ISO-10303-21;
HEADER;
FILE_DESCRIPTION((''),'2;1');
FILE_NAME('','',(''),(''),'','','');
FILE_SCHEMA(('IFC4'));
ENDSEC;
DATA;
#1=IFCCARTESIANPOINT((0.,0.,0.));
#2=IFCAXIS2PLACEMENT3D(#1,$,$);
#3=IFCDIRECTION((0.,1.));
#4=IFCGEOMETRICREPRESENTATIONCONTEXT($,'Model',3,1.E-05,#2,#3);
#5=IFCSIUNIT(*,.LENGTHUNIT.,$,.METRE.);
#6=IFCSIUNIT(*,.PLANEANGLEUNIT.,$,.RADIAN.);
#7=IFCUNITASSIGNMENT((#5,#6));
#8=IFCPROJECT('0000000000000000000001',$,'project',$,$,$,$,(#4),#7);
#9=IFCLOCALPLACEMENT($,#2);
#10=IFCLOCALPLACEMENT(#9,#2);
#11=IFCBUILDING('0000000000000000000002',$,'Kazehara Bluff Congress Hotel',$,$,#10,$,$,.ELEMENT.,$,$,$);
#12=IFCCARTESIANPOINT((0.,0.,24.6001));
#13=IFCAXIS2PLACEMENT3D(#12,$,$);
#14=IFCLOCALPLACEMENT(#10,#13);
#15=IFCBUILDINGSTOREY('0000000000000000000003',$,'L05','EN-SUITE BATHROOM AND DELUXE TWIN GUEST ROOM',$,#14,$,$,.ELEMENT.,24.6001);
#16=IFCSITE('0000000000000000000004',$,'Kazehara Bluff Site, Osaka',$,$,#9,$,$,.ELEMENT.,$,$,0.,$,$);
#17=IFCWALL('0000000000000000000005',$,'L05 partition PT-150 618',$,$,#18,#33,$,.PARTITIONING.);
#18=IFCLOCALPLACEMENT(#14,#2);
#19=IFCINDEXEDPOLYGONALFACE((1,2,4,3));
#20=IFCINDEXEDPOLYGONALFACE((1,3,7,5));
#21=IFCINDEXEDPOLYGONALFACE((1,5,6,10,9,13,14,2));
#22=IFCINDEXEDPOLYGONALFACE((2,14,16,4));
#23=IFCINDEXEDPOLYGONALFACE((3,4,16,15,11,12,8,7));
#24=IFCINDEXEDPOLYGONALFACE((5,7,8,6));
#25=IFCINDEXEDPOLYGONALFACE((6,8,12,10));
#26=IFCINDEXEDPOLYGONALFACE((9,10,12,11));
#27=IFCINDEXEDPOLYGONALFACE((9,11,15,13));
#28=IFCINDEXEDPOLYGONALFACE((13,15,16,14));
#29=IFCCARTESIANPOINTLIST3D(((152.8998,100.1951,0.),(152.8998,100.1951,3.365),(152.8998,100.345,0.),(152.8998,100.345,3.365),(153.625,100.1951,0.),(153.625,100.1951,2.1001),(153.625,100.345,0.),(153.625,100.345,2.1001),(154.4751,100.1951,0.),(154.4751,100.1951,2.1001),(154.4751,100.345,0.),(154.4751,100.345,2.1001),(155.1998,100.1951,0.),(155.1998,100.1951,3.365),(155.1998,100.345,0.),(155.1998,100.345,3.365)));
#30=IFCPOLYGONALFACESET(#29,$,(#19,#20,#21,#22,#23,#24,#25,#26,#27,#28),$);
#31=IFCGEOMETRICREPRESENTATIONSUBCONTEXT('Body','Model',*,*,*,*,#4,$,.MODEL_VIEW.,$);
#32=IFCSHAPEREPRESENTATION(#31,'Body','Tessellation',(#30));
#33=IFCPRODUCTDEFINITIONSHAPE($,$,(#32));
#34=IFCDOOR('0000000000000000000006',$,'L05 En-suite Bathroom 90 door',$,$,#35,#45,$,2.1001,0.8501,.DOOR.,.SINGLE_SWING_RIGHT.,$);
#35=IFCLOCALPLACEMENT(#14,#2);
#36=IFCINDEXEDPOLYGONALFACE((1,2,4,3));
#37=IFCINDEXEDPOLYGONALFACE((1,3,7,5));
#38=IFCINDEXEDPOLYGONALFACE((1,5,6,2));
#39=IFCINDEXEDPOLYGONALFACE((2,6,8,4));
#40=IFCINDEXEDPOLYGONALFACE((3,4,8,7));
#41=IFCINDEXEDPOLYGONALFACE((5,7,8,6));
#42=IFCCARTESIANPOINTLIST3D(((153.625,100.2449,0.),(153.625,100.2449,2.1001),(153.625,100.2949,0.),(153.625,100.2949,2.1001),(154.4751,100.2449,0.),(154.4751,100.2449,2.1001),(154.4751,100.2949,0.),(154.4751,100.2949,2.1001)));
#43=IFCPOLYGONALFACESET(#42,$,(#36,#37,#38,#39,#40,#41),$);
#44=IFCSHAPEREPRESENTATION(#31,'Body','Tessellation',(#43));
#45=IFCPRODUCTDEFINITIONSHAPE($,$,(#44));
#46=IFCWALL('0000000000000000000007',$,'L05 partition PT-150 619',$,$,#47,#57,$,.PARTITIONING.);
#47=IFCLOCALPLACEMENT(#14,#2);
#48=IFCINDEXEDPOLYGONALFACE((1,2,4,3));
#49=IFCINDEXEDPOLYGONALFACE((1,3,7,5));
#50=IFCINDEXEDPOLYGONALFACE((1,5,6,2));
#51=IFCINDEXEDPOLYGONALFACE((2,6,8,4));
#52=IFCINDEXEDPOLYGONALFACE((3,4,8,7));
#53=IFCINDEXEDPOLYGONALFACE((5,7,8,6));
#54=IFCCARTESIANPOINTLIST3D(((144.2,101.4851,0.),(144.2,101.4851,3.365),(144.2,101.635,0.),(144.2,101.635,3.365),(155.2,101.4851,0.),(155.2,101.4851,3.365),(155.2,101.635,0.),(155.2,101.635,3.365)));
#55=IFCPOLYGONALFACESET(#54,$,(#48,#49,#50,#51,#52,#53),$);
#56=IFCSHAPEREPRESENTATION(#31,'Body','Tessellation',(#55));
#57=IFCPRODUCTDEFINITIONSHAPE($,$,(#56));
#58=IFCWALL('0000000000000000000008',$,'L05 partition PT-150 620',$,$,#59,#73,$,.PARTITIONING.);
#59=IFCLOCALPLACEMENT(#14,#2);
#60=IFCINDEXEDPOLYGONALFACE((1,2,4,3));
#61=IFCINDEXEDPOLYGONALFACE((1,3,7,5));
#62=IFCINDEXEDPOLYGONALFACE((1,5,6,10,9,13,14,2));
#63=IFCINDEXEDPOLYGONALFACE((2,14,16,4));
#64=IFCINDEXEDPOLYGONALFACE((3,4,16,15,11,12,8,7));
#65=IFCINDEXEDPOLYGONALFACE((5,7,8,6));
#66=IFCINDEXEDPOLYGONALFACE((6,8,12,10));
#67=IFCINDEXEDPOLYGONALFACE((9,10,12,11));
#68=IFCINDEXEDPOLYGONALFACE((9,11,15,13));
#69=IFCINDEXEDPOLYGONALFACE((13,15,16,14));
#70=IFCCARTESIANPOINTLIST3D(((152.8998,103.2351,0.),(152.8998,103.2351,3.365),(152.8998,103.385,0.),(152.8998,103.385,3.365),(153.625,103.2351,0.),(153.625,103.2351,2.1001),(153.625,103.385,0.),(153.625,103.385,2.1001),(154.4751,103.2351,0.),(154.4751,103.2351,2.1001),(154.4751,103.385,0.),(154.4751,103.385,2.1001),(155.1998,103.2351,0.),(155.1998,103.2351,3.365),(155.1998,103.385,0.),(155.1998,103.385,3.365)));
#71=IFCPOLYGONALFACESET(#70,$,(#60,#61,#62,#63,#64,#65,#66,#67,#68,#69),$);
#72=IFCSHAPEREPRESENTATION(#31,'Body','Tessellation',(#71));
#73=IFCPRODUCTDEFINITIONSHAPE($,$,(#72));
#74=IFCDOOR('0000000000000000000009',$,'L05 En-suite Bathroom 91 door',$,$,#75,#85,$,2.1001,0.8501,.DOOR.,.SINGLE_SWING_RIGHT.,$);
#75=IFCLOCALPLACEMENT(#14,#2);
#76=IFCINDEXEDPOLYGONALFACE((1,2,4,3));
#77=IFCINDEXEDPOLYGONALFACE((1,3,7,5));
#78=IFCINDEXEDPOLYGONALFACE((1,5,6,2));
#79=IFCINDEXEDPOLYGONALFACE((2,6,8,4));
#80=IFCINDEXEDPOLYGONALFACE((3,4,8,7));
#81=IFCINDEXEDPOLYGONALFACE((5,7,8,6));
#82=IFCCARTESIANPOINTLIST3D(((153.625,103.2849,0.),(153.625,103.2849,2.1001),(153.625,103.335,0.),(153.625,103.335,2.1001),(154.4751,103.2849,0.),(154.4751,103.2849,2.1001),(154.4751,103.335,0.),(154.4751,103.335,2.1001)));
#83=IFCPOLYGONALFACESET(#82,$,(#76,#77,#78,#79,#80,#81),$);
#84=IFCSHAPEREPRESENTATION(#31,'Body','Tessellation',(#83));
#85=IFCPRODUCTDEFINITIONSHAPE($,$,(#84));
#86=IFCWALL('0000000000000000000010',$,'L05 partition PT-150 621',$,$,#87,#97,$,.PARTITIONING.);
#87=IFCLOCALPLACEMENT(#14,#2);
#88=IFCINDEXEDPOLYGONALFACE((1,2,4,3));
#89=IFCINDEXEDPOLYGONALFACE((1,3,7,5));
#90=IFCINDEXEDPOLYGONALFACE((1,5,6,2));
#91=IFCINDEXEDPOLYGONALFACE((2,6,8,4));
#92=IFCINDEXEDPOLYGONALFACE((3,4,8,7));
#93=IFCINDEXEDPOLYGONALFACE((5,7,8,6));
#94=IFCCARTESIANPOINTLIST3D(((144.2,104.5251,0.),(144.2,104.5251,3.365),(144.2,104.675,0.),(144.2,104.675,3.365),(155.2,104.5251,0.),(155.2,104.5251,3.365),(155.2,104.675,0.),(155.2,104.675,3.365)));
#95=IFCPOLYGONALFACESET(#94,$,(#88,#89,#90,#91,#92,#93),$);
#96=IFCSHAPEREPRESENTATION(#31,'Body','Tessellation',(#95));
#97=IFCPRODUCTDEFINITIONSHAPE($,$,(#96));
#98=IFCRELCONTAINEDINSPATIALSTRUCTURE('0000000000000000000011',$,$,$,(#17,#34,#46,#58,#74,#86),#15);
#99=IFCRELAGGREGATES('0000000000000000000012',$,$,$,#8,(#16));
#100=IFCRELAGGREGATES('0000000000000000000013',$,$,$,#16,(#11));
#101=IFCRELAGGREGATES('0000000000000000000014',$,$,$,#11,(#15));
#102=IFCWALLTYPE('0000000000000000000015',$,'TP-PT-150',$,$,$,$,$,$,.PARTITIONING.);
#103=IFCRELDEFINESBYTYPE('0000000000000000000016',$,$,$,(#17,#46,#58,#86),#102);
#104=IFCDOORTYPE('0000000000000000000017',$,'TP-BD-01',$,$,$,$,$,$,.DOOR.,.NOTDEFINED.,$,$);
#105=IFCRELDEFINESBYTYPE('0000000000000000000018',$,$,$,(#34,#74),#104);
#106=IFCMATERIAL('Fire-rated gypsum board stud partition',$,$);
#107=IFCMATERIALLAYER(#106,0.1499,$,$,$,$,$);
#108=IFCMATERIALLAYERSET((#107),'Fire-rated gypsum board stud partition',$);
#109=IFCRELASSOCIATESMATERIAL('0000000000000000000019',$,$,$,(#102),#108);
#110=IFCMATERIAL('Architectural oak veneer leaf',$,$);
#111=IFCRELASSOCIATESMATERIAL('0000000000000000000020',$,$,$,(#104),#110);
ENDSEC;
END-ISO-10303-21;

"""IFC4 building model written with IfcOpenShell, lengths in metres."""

from ifc_helpers import new_model, si_unit, direction, frame, frame_2d, origin, place, context, subcontext, project, spatial, rectangle, extrude, material, layer, layer_set, type_object, element, fill, save


model = new_model("IFC4")

# Units and contexts
model_context = context("Model", 3, precision=1e-05, world=origin(), true_north=direction((0.0, 1.0)))
body_context = subcontext(model_context, "Body", "Model", "MODEL_VIEW")
ifc_project = project(units=[si_unit("LENGTHUNIT", "METRE"), si_unit("PLANEANGLEUNIT", "RADIAN")], contexts=[model_context])

# Site, building, storey
site_placement = place(None, origin())
site = spatial("IfcSite", under=ifc_project, at=site_placement, Name="Kazehara Bluff Site, Osaka", CompositionType="ELEMENT", RefElevation=0.0)
building_placement = place(site_placement, origin())
building = spatial("IfcBuilding", under=site, at=building_placement, Name="Kazehara Bluff Congress Hotel", CompositionType="ELEMENT")
storey_placement = place(building_placement, frame((0.0, 0.0, 24.6001)))
storey = spatial("IfcBuildingStorey", under=building, at=storey_placement, Name="L05", Description="EN-SUITE BATHROOM AND DELUXE TWIN GUEST ROOM", CompositionType="ELEMENT", Elevation=24.6001)

# Shared definitions
ifc_material_1 = material(Name="Fire-rated gypsum board stud partition")
ifc_layer_1 = layer(ifc_material_1, 0.1499)
ifc_layer_set_1 = layer_set([ifc_layer_1], Name="Fire-rated gypsum board stud partition")
wall_type = type_object("IfcWallType", Name="TP-PT-150", PredefinedType="PARTITIONING", material=ifc_layer_set_1)

# Shared definitions
ifc_material_2 = material(Name="Architectural oak veneer leaf")
door_type = type_object("IfcDoorType", Name="TP-BD-01", OperationType="NOTDEFINED", PredefinedType="DOOR", material=ifc_material_2)

# Wall, opening, door
wall_1_placement = place(storey_placement, frame((152.8999, 100.27, 0.0), z_axis=(0.0, 0.0, 1.0), x_axis=(1.0, 0.0, 0.0)))
wall_1 = element("IfcWall", 1, at=wall_1_placement, inside=storey, type_object=wall_type, Name="L05 partition PT-150 618", PredefinedType="PARTITIONING", context=body_context, shape_type="SweptSolid", body=[
    extrude(rectangle(XDim=2.3, YDim=0.1499, at=frame_2d((1.1499, 0.0))), origin(), (0.0, 0.0, 1.0), 3.365),
])
opening_1_placement = place(wall_1_placement, frame((0.7251, 0.0, 0.0)))
opening_1 = element("IfcOpeningElement", 2, at=opening_1_placement, cuts=wall_1, PredefinedType="OPENING", context=body_context, shape_type="SweptSolid", body=[
    extrude(rectangle(XDim=0.8501, YDim=2.1001, at=frame_2d((0.425, 1.05))), frame((0.0, 0.085, 0.0), z_axis=(0.0, -1.0, 0.0), x_axis=(1.0, 0.0, 0.0)), (0.0, 0.0, 1.0), 0.1699),
])
door_1_placement = place(opening_1_placement, origin())
door_1 = element("IfcDoor", 3, at=door_1_placement, inside=storey, type_object=door_type, Name="L05 En-suite Bathroom 90 door", OperationType="SINGLE_SWING_RIGHT", OverallHeight=2.1001, OverallWidth=0.8501, PredefinedType="DOOR", context=body_context, shape_type="SweptSolid", body=[
    extrude(rectangle(XDim=0.8501, YDim=2.1001, at=frame_2d((0.425, 1.05))), frame((0.0, 0.0249, 0.0), z_axis=(0.0, -1.0, 0.0), x_axis=(1.0, 0.0, 0.0)), (0.0, 0.0, 1.0), 0.05),
])
fill(opening_1, door_1)

# Wall
wall_2_placement = place(storey_placement, frame((144.2, 101.5601, 0.0), z_axis=(0.0, 0.0, 1.0), x_axis=(1.0, 0.0, 0.0)))
element("IfcWall", 4, at=wall_2_placement, inside=storey, type_object=wall_type, Name="L05 partition PT-150 619", PredefinedType="PARTITIONING", context=body_context, shape_type="SweptSolid", body=[
    extrude(rectangle(XDim=11.0, YDim=0.1499, at=frame_2d((5.5, 0.0))), origin(), (0.0, 0.0, 1.0), 3.365),
])

# Wall, opening, door
wall_3_placement = place(storey_placement, frame((152.8999, 103.3101, 0.0), z_axis=(0.0, 0.0, 1.0), x_axis=(1.0, 0.0, 0.0)))
wall_3 = element("IfcWall", 5, at=wall_3_placement, inside=storey, type_object=wall_type, Name="L05 partition PT-150 620", PredefinedType="PARTITIONING", context=body_context, shape_type="SweptSolid", body=[
    extrude(rectangle(XDim=2.3, YDim=0.1499, at=frame_2d((1.1499, 0.0))), origin(), (0.0, 0.0, 1.0), 3.365),
])
opening_2_placement = place(wall_3_placement, frame((0.7251, 0.0, 0.0)))
opening_2 = element("IfcOpeningElement", 6, at=opening_2_placement, cuts=wall_3, PredefinedType="OPENING", context=body_context, shape_type="SweptSolid", body=[
    extrude(rectangle(XDim=0.8501, YDim=2.1001, at=frame_2d((0.425, 1.05))), frame((0.0, 0.085, 0.0), z_axis=(0.0, -1.0, 0.0), x_axis=(1.0, 0.0, 0.0)), (0.0, 0.0, 1.0), 0.1699),
])
door_2_placement = place(opening_2_placement, origin())
door_2 = element("IfcDoor", 7, at=door_2_placement, inside=storey, type_object=door_type, Name="L05 En-suite Bathroom 91 door", OperationType="SINGLE_SWING_RIGHT", OverallHeight=2.1001, OverallWidth=0.8501, PredefinedType="DOOR", context=body_context, shape_type="SweptSolid", body=[
    extrude(rectangle(XDim=0.8501, YDim=2.1001, at=frame_2d((0.425, 1.05))), frame((0.0, 0.0249, 0.0), z_axis=(0.0, -1.0, 0.0), x_axis=(1.0, 0.0, 0.0)), (0.0, 0.0, 1.0), 0.05),
])
fill(opening_2, door_2)

# Wall
wall_4_placement = place(storey_placement, frame((144.2, 104.6001, 0.0), z_axis=(0.0, 0.0, 1.0), x_axis=(1.0, 0.0, 0.0)))
element("IfcWall", 8, at=wall_4_placement, inside=storey, type_object=wall_type, Name="L05 partition PT-150 621", PredefinedType="PARTITIONING", context=body_context, shape_type="SweptSolid", body=[
    extrude(rectangle(XDim=11.0, YDim=0.1499, at=frame_2d((5.5, 0.0))), origin(), (0.0, 0.0, 1.0), 3.365),
])

save(model, "model.ifc")
